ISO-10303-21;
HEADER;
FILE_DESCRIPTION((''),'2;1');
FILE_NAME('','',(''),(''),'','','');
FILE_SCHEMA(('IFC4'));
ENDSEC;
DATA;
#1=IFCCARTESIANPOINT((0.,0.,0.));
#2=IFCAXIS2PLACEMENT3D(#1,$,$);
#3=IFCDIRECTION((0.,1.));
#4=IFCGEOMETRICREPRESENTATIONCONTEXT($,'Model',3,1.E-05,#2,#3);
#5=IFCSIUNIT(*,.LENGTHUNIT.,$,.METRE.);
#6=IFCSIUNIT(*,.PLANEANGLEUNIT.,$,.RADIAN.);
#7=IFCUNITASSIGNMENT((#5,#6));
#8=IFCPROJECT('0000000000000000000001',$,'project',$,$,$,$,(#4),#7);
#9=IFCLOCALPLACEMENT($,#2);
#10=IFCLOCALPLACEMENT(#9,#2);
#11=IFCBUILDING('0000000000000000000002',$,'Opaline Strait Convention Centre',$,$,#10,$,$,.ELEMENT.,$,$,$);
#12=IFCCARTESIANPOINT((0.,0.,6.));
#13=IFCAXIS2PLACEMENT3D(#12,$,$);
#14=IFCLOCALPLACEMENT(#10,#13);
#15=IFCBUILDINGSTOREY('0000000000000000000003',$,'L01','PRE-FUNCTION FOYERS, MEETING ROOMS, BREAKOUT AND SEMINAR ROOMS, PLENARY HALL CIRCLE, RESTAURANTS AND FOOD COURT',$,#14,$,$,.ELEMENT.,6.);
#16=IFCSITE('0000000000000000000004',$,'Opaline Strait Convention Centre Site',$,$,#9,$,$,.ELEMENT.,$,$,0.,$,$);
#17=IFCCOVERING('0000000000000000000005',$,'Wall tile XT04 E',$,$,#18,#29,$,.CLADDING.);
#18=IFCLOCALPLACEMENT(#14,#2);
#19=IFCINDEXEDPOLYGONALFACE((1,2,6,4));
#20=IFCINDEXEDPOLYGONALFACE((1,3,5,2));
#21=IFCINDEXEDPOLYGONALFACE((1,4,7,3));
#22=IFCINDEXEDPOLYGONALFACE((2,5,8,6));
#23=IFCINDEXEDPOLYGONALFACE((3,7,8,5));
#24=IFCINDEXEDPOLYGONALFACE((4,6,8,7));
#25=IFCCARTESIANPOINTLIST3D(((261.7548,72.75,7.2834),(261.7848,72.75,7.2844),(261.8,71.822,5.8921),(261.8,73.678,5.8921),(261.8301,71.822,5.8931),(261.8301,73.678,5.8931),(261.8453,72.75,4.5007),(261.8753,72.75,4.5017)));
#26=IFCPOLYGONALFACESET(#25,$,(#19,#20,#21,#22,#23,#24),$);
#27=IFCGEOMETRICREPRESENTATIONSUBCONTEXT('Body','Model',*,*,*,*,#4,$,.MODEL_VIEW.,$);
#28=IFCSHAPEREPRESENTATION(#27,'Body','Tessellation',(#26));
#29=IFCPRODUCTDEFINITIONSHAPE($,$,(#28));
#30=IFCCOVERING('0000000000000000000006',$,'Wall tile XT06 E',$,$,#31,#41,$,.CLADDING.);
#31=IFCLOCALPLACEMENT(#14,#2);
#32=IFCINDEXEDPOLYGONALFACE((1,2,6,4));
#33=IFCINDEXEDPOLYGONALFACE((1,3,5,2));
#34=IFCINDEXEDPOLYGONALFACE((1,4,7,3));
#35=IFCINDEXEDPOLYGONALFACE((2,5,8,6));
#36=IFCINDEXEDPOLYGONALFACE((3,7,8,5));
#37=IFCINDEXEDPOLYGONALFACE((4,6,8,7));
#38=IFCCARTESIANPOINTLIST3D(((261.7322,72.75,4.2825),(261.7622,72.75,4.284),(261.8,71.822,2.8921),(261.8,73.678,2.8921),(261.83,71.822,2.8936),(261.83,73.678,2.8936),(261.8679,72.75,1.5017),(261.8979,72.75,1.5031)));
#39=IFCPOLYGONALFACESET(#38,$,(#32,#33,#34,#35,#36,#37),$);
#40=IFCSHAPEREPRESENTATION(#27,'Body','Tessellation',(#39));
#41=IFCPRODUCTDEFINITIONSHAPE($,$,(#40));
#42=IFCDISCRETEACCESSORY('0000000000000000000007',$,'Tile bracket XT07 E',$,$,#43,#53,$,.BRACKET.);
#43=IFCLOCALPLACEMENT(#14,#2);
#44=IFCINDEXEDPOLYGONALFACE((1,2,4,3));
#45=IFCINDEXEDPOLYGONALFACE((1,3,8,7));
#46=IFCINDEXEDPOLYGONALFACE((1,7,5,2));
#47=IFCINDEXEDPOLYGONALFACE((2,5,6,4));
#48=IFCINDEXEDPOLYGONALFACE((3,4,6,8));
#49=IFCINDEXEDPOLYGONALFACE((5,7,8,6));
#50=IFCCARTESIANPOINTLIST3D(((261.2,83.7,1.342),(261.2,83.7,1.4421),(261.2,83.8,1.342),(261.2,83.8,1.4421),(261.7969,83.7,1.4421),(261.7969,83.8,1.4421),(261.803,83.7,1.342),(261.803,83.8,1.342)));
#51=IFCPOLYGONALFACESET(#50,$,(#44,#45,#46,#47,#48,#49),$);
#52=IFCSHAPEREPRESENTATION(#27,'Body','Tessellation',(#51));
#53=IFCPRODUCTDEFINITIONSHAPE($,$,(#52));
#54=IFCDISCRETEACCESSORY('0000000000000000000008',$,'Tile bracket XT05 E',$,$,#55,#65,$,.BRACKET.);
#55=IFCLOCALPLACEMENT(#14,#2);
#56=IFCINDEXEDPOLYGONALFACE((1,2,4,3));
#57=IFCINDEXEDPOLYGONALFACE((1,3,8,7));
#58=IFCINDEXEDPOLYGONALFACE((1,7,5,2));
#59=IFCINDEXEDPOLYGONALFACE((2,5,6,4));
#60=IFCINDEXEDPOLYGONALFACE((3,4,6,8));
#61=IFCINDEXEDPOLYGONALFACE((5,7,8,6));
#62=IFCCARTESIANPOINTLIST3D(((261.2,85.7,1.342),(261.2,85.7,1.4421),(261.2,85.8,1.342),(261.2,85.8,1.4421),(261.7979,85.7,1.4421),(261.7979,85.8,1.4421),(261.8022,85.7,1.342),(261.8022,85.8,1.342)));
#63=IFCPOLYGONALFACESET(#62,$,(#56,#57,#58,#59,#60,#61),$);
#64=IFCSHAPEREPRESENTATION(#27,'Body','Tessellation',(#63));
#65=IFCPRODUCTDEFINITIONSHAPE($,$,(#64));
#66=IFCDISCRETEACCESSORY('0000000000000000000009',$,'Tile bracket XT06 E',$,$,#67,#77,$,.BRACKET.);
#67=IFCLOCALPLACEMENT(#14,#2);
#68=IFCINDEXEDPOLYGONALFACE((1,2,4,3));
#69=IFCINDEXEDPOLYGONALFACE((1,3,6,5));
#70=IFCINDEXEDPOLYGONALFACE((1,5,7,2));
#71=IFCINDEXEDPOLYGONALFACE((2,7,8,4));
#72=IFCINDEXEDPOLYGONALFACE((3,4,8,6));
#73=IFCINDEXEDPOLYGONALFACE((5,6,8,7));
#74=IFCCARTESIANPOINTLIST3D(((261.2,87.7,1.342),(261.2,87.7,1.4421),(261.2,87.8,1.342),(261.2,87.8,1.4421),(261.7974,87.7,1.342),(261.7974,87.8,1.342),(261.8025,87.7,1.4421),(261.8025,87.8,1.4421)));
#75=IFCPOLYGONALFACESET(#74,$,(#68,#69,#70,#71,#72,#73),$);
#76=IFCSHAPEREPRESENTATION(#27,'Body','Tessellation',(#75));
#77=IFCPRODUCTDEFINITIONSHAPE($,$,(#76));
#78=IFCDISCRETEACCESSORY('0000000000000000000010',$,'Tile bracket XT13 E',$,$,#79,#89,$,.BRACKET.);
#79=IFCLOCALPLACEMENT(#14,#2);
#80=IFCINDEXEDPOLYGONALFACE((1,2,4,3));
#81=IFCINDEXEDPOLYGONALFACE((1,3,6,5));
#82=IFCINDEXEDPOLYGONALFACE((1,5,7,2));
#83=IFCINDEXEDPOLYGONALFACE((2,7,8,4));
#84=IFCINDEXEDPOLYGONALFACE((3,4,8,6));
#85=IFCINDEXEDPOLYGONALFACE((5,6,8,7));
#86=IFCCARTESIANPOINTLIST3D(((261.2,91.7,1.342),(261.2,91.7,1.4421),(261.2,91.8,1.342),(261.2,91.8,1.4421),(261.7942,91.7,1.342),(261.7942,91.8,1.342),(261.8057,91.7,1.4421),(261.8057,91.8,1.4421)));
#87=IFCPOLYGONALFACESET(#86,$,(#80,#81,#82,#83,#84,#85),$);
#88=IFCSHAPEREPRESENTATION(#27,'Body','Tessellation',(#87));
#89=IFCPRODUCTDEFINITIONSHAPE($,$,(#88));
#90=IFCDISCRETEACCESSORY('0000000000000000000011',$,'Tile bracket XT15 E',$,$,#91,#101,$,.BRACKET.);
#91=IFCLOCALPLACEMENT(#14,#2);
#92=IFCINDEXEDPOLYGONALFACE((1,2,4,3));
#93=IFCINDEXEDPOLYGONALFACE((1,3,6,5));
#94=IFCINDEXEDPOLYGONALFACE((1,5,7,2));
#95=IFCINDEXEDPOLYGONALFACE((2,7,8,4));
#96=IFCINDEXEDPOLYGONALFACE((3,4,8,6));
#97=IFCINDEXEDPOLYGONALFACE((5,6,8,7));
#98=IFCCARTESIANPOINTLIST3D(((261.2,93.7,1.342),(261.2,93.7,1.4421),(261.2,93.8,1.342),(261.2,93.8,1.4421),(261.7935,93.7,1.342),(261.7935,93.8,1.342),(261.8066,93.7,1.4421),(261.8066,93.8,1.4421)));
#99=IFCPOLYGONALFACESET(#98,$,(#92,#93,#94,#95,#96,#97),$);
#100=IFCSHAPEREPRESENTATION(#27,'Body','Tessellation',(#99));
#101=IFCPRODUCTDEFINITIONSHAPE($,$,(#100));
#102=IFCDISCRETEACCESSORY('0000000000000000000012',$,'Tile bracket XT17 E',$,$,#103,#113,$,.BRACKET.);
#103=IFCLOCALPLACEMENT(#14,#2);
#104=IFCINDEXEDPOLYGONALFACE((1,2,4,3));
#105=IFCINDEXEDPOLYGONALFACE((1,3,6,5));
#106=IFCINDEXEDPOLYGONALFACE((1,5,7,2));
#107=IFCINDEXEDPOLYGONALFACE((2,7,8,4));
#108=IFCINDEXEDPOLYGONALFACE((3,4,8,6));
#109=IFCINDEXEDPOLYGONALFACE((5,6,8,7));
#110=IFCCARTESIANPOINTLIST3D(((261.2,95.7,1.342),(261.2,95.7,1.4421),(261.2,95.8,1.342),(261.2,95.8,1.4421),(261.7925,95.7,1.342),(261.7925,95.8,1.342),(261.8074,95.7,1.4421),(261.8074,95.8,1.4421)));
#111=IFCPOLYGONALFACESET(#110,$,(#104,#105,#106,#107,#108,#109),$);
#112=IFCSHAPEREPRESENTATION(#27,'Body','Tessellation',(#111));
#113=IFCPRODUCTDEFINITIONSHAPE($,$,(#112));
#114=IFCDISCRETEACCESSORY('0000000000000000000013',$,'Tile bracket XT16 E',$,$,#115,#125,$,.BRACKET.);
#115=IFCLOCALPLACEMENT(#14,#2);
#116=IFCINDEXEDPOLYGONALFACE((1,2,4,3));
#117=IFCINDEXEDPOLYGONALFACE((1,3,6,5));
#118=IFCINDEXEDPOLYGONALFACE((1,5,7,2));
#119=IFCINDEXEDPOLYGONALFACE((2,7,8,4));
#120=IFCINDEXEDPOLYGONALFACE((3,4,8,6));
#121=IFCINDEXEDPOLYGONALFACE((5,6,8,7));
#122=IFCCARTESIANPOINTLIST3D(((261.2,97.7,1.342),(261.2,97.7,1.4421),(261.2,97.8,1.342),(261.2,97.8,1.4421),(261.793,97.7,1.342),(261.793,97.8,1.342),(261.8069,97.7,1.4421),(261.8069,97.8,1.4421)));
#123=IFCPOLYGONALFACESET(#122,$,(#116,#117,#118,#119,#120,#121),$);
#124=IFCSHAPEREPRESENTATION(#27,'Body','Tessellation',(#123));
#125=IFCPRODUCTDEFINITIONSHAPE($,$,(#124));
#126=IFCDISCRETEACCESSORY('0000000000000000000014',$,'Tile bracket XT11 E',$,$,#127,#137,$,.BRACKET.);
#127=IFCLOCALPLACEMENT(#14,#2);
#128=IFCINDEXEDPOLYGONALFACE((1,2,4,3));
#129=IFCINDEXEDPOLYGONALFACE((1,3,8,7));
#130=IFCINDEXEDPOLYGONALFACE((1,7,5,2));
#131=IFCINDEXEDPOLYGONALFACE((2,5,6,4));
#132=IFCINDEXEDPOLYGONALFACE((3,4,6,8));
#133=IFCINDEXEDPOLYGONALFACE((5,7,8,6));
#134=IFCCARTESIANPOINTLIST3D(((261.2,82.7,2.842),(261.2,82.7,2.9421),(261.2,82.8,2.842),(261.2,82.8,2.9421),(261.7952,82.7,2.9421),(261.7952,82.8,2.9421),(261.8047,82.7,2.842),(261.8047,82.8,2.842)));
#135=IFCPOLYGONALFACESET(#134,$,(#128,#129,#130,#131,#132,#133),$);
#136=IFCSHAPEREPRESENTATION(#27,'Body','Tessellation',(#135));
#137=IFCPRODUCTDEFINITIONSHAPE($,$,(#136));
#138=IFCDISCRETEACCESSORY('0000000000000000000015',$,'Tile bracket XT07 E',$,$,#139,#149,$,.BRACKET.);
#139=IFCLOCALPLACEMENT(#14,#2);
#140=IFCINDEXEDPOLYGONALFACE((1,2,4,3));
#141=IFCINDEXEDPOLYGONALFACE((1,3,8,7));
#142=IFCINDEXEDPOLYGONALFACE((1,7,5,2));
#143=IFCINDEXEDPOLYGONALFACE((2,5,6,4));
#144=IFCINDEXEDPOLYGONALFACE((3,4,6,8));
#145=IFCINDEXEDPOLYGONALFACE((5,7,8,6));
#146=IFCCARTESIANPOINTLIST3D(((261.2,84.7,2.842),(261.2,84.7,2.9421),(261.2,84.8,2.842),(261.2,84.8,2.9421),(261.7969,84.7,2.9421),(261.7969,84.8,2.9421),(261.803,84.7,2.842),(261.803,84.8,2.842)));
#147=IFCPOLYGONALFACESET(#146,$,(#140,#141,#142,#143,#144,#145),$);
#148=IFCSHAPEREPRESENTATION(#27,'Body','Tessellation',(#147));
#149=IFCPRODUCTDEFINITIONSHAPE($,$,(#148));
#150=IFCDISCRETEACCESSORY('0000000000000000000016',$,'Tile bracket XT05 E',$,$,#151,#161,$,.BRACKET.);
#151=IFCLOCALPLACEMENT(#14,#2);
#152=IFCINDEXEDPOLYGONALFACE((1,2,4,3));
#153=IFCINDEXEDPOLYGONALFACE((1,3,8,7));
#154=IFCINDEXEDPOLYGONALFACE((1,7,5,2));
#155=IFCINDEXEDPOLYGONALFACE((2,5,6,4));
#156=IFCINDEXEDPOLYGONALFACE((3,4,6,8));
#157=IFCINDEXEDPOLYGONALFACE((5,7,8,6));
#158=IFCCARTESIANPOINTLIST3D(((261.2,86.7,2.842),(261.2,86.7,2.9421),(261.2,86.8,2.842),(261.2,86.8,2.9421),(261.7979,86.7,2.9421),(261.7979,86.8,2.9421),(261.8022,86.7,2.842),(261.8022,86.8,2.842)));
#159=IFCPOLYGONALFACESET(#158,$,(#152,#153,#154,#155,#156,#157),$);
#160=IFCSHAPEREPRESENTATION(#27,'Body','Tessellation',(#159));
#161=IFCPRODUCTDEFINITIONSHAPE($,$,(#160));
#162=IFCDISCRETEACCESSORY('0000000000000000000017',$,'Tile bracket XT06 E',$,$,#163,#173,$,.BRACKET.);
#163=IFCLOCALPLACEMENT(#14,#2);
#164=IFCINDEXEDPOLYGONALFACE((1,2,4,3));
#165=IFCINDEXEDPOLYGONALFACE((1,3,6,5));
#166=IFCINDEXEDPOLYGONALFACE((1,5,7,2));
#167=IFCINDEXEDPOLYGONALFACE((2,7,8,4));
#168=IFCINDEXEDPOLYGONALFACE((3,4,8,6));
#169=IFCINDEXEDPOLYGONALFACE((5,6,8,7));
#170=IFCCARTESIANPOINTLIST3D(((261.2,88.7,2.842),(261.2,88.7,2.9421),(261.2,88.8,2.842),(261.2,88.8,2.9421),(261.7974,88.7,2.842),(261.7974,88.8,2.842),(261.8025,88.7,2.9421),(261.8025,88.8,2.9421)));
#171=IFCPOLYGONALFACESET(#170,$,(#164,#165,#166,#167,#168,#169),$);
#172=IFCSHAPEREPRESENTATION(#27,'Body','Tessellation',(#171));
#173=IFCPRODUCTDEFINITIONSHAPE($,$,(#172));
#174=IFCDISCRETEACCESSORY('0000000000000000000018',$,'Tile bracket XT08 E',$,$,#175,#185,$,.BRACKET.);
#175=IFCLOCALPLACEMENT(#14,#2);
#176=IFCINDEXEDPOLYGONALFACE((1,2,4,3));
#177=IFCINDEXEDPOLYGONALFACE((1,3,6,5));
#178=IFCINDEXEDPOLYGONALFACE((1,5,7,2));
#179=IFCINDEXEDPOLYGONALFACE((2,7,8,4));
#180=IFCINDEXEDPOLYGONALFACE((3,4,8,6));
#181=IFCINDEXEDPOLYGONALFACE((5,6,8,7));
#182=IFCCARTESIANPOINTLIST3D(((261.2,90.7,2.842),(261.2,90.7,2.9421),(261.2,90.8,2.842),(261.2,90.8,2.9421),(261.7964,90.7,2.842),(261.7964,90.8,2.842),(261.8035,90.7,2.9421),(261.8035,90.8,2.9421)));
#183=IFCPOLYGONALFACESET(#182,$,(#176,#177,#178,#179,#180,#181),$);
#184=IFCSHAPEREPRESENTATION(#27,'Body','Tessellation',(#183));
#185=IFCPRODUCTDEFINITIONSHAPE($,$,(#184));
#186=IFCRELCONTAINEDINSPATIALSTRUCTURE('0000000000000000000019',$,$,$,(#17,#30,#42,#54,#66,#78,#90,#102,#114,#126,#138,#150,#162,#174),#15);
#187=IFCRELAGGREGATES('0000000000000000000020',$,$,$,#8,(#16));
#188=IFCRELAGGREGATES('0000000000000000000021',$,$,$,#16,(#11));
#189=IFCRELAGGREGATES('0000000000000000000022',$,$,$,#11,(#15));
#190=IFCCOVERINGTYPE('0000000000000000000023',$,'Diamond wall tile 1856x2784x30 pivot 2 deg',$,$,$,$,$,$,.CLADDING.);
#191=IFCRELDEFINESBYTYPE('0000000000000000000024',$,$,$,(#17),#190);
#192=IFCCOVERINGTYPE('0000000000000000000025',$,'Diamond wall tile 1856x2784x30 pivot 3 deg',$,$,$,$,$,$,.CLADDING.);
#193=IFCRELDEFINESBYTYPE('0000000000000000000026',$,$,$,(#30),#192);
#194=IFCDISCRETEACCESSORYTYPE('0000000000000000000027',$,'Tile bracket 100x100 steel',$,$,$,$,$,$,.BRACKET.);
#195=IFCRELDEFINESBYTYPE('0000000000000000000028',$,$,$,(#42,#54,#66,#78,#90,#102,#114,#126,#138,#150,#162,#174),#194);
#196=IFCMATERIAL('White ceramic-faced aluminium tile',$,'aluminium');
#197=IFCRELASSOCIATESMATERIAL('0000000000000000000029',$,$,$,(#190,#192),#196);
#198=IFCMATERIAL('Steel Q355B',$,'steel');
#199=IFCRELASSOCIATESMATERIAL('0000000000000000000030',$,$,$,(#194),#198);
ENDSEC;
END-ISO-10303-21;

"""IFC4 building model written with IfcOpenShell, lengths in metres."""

from ifc_helpers import new_model, si_unit, direction, frame, origin, place, context, subcontext, project, spatial, polyline, outline, extrude, material, material_profile, profile_set, type_object, element, save


model = new_model("IFC4")

# Units and contexts
model_context = context("Model", 3, precision=1e-05, world=origin(), true_north=direction((0.0, 1.0)))
body_context = subcontext(model_context, "Body", "Model", "MODEL_VIEW")
ifc_project = project(units=[si_unit("LENGTHUNIT", "METRE"), si_unit("PLANEANGLEUNIT", "RADIAN")], contexts=[model_context])

# Site, building, storey
site_placement = place(None, origin())
site = spatial("IfcSite", under=ifc_project, at=site_placement, Name="Opaline Strait Convention Centre Site", CompositionType="ELEMENT", RefElevation=0.0)
building_placement = place(site_placement, origin())
building = spatial("IfcBuilding", under=site, at=building_placement, Name="Opaline Strait Convention Centre", CompositionType="ELEMENT")
storey_placement = place(building_placement, frame((0.0, 0.0, 6.0)))
storey = spatial("IfcBuildingStorey", under=building, at=storey_placement, Name="L01", Description="PRE-FUNCTION FOYERS, MEETING ROOMS, BREAKOUT AND SEMINAR ROOMS, PLENARY HALL CIRCLE, RESTAURANTS AND FOOD COURT", CompositionType="ELEMENT", Elevation=6.0)

# Coverings
ifc_material_1 = material(Name="White ceramic-faced aluminium tile", Category="aluminium")
ifc_material_profile_1 = material_profile(ifc_material_1, outline(polyline([(0.928, 0.0), (0.0, 1.3921), (-0.928, 0.0), (0.0, -1.3921), (0.928, 0.0)])), Name="Diamond tile 1856x2784")
ifc_profile_set_1 = profile_set([ifc_material_profile_1], Name="White ceramic-faced aluminium tile")
covering_type_1 = type_object("IfcCoveringType", Name="Diamond wall tile 1856x2784x30 pivot 2 deg", PredefinedType="CLADDING", material=ifc_profile_set_1)
covering_1_placement = place(storey_placement, frame((261.8, 72.75, 5.8921), z_axis=(0.999472, 0.0, 0.032503), x_axis=(0.0, 1.0, 0.0)))
element("IfcCovering", 1, at=covering_1_placement, inside=storey, type_object=covering_type_1, Name="Wall tile XT04 E", PredefinedType="CLADDING", context=body_context, shape_type="SweptSolid", body=[
    extrude(outline(polyline([(0.928, 0.0), (0.0, 1.3921), (-0.928, 0.0), (0.0, -1.3921), (0.928, 0.0)])), origin(), (0.0, 0.0, 1.0), 0.03),
])
ifc_material_profile_2 = material_profile(ifc_material_1, outline(polyline([(0.928, 0.0), (0.0, 1.3921), (-0.928, 0.0), (0.0, -1.3921), (0.928, 0.0)])), Name="Diamond tile 1856x2784")
ifc_profile_set_2 = profile_set([ifc_material_profile_2], Name="White ceramic-faced aluminium tile")
covering_type_2 = type_object("IfcCoveringType", Name="Diamond wall tile 1856x2784x30 pivot 3 deg", PredefinedType="CLADDING", material=ifc_profile_set_2)
covering_2_placement = place(storey_placement, frame((261.8, 72.75, 2.8921), z_axis=(0.998812, 0.0, 0.048723), x_axis=(0.0, 1.0, 0.0)))
element("IfcCovering", 2, at=covering_2_placement, inside=storey, type_object=covering_type_2, Name="Wall tile XT06 E", PredefinedType="CLADDING", context=body_context, shape_type="SweptSolid", body=[
    extrude(outline(polyline([(0.928, 0.0), (0.0, 1.3921), (-0.928, 0.0), (0.0, -1.3921), (0.928, 0.0)])), origin(), (0.0, 0.0, 1.0), 0.03),
])

# Discrete accessories
ifc_material_2 = material(Name="Steel Q355B", Category="steel")
discrete_accessory_type = type_object("IfcDiscreteAccessoryType", Name="Tile bracket 100x100 steel", PredefinedType="BRACKET", material=ifc_material_2)
discrete_accessory_1_placement = place(storey_placement, frame((261.2, 83.7, 1.3921), z_axis=(0.0, 1.0, 0.0), x_axis=(-1.0, 0.0, 0.0)))
element("IfcDiscreteAccessory", 3, at=discrete_accessory_1_placement, inside=storey, type_object=discrete_accessory_type, Name="Tile bracket XT07 E", PredefinedType="BRACKET", context=body_context, shape_type="SweptSolid", body=[
    extrude(outline(polyline([(0.0, -0.05), (0.0, 0.05), (-0.5969, 0.05), (-0.603, -0.05), (0.0, -0.05)])), origin(), (0.0, 0.0, 1.0), 0.1001),
])
discrete_accessory_2_placement = place(storey_placement, frame((261.2, 85.7, 1.3921), z_axis=(0.0, 1.0, 0.0), x_axis=(-1.0, 0.0, 0.0)))
element("IfcDiscreteAccessory", 4, at=discrete_accessory_2_placement, inside=storey, type_object=discrete_accessory_type, Name="Tile bracket XT05 E", PredefinedType="BRACKET", context=body_context, shape_type="SweptSolid", body=[
    extrude(outline(polyline([(0.0, -0.05), (0.0, 0.05), (-0.5979, 0.05), (-0.6023, -0.05), (0.0, -0.05)])), origin(), (0.0, 0.0, 1.0), 0.1001),
])
discrete_accessory_3_placement = place(storey_placement, frame((261.2, 87.7, 1.3921), z_axis=(0.0, 1.0, 0.0), x_axis=(-1.0, 0.0, 0.0)))
element("IfcDiscreteAccessory", 5, at=discrete_accessory_3_placement, inside=storey, type_object=discrete_accessory_type, Name="Tile bracket XT06 E", PredefinedType="BRACKET", context=body_context, shape_type="SweptSolid", body=[
    extrude(outline(polyline([(0.0, -0.05), (0.0, 0.05), (-0.6025, 0.05), (-0.5974, -0.05), (0.0, -0.05)])), origin(), (0.0, 0.0, 1.0), 0.1001),
])
discrete_accessory_4_placement = place(storey_placement, frame((261.2, 91.7, 1.3921), z_axis=(0.0, 1.0, 0.0), x_axis=(-1.0, 0.0, 0.0)))
element("IfcDiscreteAccessory", 6, at=discrete_accessory_4_placement, inside=storey, type_object=discrete_accessory_type, Name="Tile bracket XT13 E", PredefinedType="BRACKET", context=body_context, shape_type="SweptSolid", body=[
    extrude(outline(polyline([(0.0, -0.05), (0.0, 0.05), (-0.6057, 0.05), (-0.5942, -0.05), (0.0, -0.05)])), origin(), (0.0, 0.0, 1.0), 0.1001),
])
discrete_accessory_5_placement = place(storey_placement, frame((261.2, 93.7, 1.3921), z_axis=(0.0, 1.0, 0.0), x_axis=(-1.0, 0.0, 0.0)))
element("IfcDiscreteAccessory", 7, at=discrete_accessory_5_placement, inside=storey, type_object=discrete_accessory_type, Name="Tile bracket XT15 E", PredefinedType="BRACKET", context=body_context, shape_type="SweptSolid", body=[
    extrude(outline(polyline([(0.0, -0.05), (0.0, 0.05), (-0.6067, 0.05), (-0.5935, -0.05), (0.0, -0.05)])), origin(), (0.0, 0.0, 1.0), 0.1001),
])
discrete_accessory_6_placement = place(storey_placement, frame((261.2, 95.7, 1.3921), z_axis=(0.0, 1.0, 0.0), x_axis=(-1.0, 0.0, 0.0)))
element("IfcDiscreteAccessory", 8, at=discrete_accessory_6_placement, inside=storey, type_object=discrete_accessory_type, Name="Tile bracket XT17 E", PredefinedType="BRACKET", context=body_context, shape_type="SweptSolid", body=[
    extrude(outline(polyline([(0.0, -0.05), (0.0, 0.05), (-0.6074, 0.05), (-0.5925, -0.05), (0.0, -0.05)])), origin(), (0.0, 0.0, 1.0), 0.1001),
])
discrete_accessory_7_placement = place(storey_placement, frame((261.2, 97.7, 1.3921), z_axis=(0.0, 1.0, 0.0), x_axis=(-1.0, 0.0, 0.0)))
element("IfcDiscreteAccessory", 9, at=discrete_accessory_7_placement, inside=storey, type_object=discrete_accessory_type, Name="Tile bracket XT16 E", PredefinedType="BRACKET", context=body_context, shape_type="SweptSolid", body=[
    extrude(outline(polyline([(0.0, -0.05), (0.0, 0.05), (-0.6069, 0.05), (-0.593, -0.05), (0.0, -0.05)])), origin(), (0.0, 0.0, 1.0), 0.1001),
])
discrete_accessory_8_placement = place(storey_placement, frame((261.2, 82.7, 2.8921), z_axis=(0.0, 1.0, 0.0), x_axis=(-1.0, 0.0, 0.0)))
element("IfcDiscreteAccessory", 10, at=discrete_accessory_8_placement, inside=storey, type_object=discrete_accessory_type, Name="Tile bracket XT11 E", PredefinedType="BRACKET", context=body_context, shape_type="SweptSolid", body=[
    extrude(outline(polyline([(0.0, -0.05), (0.0, 0.05), (-0.5952, 0.05), (-0.6047, -0.05), (0.0, -0.05)])), origin(), (0.0, 0.0, 1.0), 0.1001),
])
discrete_accessory_9_placement = place(storey_placement, frame((261.2, 84.7, 2.8921), z_axis=(0.0, 1.0, 0.0), x_axis=(-1.0, 0.0, 0.0)))
element("IfcDiscreteAccessory", 11, at=discrete_accessory_9_placement, inside=storey, type_object=discrete_accessory_type, Name="Tile bracket XT07 E", PredefinedType="BRACKET", context=body_context, shape_type="SweptSolid", body=[
    extrude(outline(polyline([(0.0, -0.05), (0.0, 0.05), (-0.5969, 0.05), (-0.603, -0.05), (0.0, -0.05)])), origin(), (0.0, 0.0, 1.0), 0.1001),
])
discrete_accessory_10_placement = place(storey_placement, frame((261.2, 86.7, 2.8921), z_axis=(0.0, 1.0, 0.0), x_axis=(-1.0, 0.0, 0.0)))
element("IfcDiscreteAccessory", 12, at=discrete_accessory_10_placement, inside=storey, type_object=discrete_accessory_type, Name="Tile bracket XT05 E", PredefinedType="BRACKET", context=body_context, shape_type="SweptSolid", body=[
    extrude(outline(polyline([(0.0, -0.05), (0.0, 0.05), (-0.5979, 0.05), (-0.6023, -0.05), (0.0, -0.05)])), origin(), (0.0, 0.0, 1.0), 0.1001),
])
discrete_accessory_11_placement = place(storey_placement, frame((261.2, 88.7, 2.8921), z_axis=(0.0, 1.0, 0.0), x_axis=(-1.0, 0.0, 0.0)))
element("IfcDiscreteAccessory", 13, at=discrete_accessory_11_placement, inside=storey, type_object=discrete_accessory_type, Name="Tile bracket XT06 E", PredefinedType="BRACKET", context=body_context, shape_type="SweptSolid", body=[
    extrude(outline(polyline([(0.0, -0.05), (0.0, 0.05), (-0.6025, 0.05), (-0.5974, -0.05), (0.0, -0.05)])), origin(), (0.0, 0.0, 1.0), 0.1001),
])
discrete_accessory_12_placement = place(storey_placement, frame((261.2, 90.7, 2.8921), z_axis=(0.0, 1.0, 0.0), x_axis=(-1.0, 0.0, 0.0)))
element("IfcDiscreteAccessory", 14, at=discrete_accessory_12_placement, inside=storey, type_object=discrete_accessory_type, Name="Tile bracket XT08 E", PredefinedType="BRACKET", context=body_context, shape_type="SweptSolid", body=[
    extrude(outline(polyline([(0.0, -0.05), (0.0, 0.05), (-0.6035, 0.05), (-0.5964, -0.05), (0.0, -0.05)])), origin(), (0.0, 0.0, 1.0), 0.1001),
])

save(model, "model.ifc")
